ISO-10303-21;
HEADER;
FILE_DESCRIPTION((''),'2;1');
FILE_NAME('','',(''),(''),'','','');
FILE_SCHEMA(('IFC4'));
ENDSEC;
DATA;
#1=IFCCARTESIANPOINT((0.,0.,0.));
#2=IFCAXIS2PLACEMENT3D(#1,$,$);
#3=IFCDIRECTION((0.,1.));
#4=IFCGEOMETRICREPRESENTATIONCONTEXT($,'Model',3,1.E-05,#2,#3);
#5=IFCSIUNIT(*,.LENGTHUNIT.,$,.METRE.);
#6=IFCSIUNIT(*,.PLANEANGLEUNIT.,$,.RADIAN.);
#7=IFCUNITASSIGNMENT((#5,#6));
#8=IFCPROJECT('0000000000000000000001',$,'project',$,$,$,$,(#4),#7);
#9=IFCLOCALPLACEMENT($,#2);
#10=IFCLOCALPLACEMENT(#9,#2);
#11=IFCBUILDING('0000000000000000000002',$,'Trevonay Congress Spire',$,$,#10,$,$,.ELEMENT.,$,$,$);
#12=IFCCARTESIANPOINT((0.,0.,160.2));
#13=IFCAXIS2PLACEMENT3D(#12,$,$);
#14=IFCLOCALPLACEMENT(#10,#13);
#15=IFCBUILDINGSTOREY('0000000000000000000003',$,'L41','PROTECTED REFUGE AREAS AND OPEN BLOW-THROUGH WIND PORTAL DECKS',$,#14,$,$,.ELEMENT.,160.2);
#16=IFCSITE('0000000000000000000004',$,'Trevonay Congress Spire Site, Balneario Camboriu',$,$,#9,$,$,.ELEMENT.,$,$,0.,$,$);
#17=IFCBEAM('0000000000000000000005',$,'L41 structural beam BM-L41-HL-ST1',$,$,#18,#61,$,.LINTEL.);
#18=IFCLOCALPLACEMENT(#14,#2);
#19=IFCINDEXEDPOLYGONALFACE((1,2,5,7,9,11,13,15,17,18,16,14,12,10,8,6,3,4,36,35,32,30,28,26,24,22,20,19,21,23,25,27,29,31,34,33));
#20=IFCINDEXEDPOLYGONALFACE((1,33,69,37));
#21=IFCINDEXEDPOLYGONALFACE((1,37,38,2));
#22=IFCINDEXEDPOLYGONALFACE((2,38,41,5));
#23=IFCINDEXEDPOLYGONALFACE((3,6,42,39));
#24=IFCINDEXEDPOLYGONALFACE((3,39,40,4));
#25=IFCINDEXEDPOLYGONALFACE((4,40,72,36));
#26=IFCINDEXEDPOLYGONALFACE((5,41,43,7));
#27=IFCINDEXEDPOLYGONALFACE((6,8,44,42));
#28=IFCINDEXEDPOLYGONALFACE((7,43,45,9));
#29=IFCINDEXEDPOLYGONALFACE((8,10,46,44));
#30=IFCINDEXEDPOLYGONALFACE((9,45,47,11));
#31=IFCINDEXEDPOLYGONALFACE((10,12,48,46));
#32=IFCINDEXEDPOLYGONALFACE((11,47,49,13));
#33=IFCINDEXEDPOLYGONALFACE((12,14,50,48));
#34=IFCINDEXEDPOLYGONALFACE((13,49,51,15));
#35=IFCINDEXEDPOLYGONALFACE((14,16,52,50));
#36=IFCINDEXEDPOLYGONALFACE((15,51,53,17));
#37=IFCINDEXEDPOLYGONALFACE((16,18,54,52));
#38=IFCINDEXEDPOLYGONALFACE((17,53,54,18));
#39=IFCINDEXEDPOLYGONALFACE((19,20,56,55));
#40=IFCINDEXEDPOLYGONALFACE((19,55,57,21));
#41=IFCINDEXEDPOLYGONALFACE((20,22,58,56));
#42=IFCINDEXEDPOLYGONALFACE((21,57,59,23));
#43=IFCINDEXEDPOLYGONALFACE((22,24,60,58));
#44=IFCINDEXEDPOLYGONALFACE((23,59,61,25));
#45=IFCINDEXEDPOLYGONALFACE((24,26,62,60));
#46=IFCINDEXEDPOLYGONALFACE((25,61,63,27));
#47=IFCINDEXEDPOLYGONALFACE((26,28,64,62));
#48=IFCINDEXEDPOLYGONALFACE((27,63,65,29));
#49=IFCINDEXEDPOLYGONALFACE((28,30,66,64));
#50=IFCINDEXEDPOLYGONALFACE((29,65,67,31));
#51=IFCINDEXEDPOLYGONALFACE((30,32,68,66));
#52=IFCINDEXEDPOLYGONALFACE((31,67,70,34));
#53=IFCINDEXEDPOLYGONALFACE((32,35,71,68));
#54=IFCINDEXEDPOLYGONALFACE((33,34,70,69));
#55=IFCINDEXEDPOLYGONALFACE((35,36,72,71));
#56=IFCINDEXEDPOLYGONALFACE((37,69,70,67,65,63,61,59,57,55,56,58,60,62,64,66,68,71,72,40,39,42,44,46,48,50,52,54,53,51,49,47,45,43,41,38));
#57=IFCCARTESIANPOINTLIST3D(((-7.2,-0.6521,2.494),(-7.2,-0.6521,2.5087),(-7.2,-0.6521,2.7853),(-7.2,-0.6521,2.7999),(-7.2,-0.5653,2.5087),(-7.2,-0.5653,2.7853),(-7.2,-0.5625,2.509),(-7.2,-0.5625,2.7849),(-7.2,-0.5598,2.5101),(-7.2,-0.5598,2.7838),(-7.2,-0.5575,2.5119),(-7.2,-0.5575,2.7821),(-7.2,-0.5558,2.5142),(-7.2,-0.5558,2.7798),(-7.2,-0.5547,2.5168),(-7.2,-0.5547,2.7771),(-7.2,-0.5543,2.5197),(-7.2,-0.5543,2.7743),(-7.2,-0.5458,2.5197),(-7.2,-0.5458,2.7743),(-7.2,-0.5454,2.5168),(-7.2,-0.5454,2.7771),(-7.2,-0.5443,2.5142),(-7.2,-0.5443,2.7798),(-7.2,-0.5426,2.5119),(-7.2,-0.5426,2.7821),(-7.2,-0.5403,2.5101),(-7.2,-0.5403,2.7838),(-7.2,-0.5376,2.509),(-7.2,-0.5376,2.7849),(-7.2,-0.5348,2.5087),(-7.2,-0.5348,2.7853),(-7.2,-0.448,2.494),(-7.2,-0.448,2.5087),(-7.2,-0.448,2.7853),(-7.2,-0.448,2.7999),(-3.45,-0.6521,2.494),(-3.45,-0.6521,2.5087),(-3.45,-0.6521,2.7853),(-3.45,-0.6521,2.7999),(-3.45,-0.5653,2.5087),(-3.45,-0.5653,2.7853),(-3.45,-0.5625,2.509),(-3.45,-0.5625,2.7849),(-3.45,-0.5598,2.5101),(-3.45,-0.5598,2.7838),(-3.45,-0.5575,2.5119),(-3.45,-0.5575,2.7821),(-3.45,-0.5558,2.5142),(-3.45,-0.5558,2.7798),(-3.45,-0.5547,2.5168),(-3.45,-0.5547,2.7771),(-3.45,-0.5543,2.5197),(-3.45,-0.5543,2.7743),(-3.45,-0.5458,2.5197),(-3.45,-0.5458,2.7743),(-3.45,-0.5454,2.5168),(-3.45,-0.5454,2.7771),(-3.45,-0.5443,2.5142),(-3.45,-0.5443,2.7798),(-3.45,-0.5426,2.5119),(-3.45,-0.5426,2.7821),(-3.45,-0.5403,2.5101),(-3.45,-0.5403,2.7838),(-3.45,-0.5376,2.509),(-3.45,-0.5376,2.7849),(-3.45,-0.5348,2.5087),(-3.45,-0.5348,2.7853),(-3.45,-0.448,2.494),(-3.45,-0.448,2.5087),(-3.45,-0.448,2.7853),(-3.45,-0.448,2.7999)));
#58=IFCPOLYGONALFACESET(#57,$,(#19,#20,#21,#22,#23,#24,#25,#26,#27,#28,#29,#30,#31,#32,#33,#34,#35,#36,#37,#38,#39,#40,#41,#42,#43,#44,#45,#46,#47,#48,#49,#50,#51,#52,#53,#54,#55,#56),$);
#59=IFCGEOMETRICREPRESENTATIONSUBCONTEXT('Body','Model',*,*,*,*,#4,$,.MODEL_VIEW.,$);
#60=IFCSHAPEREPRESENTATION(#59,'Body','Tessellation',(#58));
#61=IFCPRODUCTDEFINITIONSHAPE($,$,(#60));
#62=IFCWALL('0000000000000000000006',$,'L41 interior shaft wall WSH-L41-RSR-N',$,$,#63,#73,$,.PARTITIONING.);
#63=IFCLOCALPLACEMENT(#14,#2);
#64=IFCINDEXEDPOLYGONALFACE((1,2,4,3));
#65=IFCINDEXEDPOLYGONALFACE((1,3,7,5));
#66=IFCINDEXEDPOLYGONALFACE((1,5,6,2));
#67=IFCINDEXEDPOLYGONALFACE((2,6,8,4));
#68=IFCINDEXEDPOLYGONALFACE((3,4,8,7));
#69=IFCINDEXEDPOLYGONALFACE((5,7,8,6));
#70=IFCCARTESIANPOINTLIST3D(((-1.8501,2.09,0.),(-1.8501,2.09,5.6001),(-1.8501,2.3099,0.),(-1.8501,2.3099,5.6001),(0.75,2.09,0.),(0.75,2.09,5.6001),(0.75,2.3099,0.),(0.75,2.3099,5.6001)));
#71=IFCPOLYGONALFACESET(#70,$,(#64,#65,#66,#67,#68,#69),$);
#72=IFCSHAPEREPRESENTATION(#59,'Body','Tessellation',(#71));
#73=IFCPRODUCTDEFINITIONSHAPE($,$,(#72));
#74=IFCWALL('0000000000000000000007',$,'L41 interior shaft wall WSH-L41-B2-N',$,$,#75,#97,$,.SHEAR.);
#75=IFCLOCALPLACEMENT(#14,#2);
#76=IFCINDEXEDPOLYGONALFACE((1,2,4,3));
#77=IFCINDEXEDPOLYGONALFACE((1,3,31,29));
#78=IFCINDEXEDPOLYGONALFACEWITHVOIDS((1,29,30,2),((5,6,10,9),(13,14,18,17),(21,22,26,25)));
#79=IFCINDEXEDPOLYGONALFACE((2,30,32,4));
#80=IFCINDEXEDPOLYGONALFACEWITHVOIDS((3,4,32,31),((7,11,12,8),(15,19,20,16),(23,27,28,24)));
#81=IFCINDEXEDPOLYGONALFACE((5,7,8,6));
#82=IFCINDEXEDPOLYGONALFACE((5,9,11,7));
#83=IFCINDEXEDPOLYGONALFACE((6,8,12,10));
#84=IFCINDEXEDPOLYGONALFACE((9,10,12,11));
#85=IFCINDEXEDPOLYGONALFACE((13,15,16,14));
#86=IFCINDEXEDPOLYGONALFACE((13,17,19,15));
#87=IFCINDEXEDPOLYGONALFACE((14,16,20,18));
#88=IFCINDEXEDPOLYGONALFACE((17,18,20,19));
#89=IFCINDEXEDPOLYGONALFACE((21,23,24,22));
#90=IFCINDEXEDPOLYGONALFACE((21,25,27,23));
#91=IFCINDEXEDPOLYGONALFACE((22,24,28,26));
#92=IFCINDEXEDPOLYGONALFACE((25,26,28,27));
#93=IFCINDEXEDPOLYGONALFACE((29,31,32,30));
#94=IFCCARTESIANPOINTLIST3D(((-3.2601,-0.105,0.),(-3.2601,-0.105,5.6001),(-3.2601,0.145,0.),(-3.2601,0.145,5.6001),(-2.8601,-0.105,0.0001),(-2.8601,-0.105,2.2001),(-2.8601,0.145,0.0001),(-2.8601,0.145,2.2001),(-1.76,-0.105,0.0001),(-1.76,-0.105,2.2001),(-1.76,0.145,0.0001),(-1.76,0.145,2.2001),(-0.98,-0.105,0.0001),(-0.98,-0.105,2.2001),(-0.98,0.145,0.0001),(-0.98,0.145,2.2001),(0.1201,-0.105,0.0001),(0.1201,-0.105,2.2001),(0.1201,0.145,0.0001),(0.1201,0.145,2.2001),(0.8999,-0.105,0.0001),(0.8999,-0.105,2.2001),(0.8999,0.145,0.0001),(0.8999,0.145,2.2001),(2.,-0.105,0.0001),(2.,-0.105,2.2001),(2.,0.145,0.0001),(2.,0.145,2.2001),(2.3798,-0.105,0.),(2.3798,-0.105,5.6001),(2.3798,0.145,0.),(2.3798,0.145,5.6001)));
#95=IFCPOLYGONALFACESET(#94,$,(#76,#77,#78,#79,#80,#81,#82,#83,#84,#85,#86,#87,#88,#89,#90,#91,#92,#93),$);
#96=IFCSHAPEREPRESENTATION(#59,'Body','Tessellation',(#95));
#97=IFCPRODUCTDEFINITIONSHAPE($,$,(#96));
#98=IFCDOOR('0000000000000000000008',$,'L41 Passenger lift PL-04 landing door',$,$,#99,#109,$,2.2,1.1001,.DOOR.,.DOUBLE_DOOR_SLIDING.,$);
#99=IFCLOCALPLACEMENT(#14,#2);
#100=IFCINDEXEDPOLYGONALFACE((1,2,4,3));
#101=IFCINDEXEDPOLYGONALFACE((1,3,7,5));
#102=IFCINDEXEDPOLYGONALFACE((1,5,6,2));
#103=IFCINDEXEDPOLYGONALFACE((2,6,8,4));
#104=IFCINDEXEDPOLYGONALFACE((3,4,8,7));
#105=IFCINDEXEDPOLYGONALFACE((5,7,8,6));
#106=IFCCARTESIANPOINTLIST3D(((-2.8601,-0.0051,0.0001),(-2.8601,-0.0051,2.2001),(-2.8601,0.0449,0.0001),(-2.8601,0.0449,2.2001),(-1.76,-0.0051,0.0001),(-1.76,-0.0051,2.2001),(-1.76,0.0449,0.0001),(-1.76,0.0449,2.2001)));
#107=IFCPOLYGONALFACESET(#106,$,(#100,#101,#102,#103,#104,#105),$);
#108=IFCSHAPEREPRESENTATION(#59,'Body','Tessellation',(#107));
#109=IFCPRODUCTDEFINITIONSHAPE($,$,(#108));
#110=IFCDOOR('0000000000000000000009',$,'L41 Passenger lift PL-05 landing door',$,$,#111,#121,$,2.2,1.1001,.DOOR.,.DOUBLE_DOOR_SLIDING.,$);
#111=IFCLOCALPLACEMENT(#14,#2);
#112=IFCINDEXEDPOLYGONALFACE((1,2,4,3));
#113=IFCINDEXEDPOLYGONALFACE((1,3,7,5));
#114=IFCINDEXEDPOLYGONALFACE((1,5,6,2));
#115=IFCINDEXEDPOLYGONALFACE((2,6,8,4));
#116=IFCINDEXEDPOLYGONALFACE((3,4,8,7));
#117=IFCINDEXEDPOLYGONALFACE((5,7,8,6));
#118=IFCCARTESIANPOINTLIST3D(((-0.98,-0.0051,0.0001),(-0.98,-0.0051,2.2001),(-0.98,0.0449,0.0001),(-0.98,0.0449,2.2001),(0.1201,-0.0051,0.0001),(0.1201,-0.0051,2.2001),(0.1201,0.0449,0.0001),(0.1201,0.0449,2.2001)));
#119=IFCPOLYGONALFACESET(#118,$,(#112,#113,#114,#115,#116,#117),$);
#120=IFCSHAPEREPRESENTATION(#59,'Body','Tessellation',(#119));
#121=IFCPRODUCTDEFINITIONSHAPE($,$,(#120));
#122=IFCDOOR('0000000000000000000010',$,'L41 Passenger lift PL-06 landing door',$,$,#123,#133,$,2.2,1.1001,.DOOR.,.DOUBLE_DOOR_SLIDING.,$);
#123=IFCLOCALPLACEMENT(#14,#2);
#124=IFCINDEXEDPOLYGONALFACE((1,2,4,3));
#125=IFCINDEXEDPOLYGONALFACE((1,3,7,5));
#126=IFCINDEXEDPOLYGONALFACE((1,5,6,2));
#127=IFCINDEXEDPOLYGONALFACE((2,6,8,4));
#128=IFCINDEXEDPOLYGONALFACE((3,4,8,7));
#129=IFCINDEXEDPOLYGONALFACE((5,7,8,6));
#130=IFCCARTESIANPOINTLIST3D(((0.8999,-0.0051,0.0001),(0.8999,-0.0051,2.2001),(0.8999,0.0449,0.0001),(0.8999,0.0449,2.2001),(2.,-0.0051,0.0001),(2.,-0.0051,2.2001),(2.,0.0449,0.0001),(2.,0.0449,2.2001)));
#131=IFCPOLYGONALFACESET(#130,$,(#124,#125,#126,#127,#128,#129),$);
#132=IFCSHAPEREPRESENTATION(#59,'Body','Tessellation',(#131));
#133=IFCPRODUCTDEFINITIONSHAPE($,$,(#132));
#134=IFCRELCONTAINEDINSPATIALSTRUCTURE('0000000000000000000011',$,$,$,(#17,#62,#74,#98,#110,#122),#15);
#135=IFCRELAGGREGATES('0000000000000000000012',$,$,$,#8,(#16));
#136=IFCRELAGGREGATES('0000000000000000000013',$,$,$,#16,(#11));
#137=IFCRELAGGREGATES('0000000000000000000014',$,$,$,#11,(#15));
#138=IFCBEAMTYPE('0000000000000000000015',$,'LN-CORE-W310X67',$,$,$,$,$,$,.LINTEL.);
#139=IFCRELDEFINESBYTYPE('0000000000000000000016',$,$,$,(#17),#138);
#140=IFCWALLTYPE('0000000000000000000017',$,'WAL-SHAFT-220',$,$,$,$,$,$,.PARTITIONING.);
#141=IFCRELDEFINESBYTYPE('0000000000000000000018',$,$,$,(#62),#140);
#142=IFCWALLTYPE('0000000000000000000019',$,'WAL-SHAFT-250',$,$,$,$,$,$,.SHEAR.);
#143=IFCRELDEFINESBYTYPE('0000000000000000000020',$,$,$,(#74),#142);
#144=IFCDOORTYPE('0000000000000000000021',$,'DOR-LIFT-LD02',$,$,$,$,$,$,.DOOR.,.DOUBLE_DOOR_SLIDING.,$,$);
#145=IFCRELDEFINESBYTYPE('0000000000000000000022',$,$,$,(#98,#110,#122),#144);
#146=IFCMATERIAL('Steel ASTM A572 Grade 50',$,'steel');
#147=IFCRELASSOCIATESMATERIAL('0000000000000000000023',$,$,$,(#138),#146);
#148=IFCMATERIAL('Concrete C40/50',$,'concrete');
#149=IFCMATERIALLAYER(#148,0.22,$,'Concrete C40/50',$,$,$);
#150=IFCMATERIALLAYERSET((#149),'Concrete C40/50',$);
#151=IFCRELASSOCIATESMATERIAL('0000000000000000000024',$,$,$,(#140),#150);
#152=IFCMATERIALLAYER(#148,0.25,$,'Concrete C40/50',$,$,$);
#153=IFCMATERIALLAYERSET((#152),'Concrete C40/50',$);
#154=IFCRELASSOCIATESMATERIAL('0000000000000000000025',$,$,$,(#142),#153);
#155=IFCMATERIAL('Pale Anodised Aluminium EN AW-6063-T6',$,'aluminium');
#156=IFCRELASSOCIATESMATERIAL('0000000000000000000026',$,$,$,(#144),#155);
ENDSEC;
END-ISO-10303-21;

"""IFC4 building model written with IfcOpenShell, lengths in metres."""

from ifc_helpers import new_model, si_unit, direction, frame, frame_2d, origin, origin_2d, place, context, subcontext, project, spatial, rectangle, i_section, extrude, material, layer, layer_set, material_profile, profile_set, type_object, element, fill, save


model = new_model("IFC4")

# Units and contexts
model_context = context("Model", 3, precision=1e-05, world=origin(), true_north=direction((0.0, 1.0)))
body_context = subcontext(model_context, "Body", "Model", "MODEL_VIEW")
ifc_project = project(units=[si_unit("LENGTHUNIT", "METRE"), si_unit("PLANEANGLEUNIT", "RADIAN")], contexts=[model_context])

# Site, building, storey
site_placement = place(None, origin())
site = spatial("IfcSite", under=ifc_project, at=site_placement, Name="Trevonay Congress Spire Site, Balneario Camboriu", CompositionType="ELEMENT", RefElevation=0.0)
building_placement = place(site_placement, origin())
building = spatial("IfcBuilding", under=site, at=building_placement, Name="Trevonay Congress Spire", CompositionType="ELEMENT")
storey_placement = place(building_placement, frame((0.0, 0.0, 160.2)))
storey = spatial("IfcBuildingStorey", under=building, at=storey_placement, Name="L41", Description="PROTECTED REFUGE AREAS AND OPEN BLOW-THROUGH WIND PORTAL DECKS", CompositionType="ELEMENT", Elevation=160.2)

# Shared definitions
ifc_material_1 = material(Name="Steel ASTM A572 Grade 50", Category="steel")

# Beam
ifc_material_profile_1 = material_profile(ifc_material_1, i_section(OverallWidth=0.2041, OverallDepth=0.3059, WebThickness=0.0085, FlangeThickness=0.0146, FilletRadius=0.011, at=origin_2d()), Name="W310x67")
ifc_profile_set_1 = profile_set([ifc_material_profile_1], Name="Steel ASTM A572 Grade 50")
beam_type_1 = type_object("IfcBeamType", Name="LN-CORE-W310X67", PredefinedType="LINTEL", material=ifc_profile_set_1)
beam_1_placement = place(storey_placement, frame((-7.2, -0.55, 2.647), z_axis=(1.0, 0.0, 0.0), x_axis=(0.0, 1.0, 0.0)))
element("IfcBeam", 1, at=beam_1_placement, inside=storey, type_object=beam_type_1, Name="L41 structural beam BM-L41-HL-ST1", PredefinedType="LINTEL", context=body_context, shape_type="SweptSolid", body=[
    extrude(i_section(OverallWidth=0.2041, OverallDepth=0.3059, WebThickness=0.0085, FlangeThickness=0.0146, FilletRadius=0.011, at=origin_2d()), origin(), (0.0, 0.0, 1.0), 3.75),
])

# Wall
ifc_material_2 = material(Name="Concrete C40/50", Category="concrete")
ifc_layer_1 = layer(ifc_material_2, 0.22, Name="Concrete C40/50")
ifc_layer_set_1 = layer_set([ifc_layer_1], Name="Concrete C40/50")
wall_type_1 = type_object("IfcWallType", Name="WAL-SHAFT-220", PredefinedType="PARTITIONING", material=ifc_layer_set_1)
wall_1_placement = place(storey_placement, frame((-1.8501, 2.2, 0.0), z_axis=(0.0, 0.0, 1.0), x_axis=(1.0, 0.0, 0.0)))
element("IfcWall", 2, at=wall_1_placement, inside=storey, type_object=wall_type_1, Name="L41 interior shaft wall WSH-L41-RSR-N", PredefinedType="PARTITIONING", context=body_context, shape_type="SweptSolid", body=[
    extrude(rectangle(XDim=2.6001, YDim=0.22, at=frame_2d((1.3, 0.0))), origin(), (0.0, 0.0, 1.0), 5.6001),
])

# Wall, openings, doors
ifc_layer_2 = layer(ifc_material_2, 0.25, Name="Concrete C40/50")
ifc_layer_set_2 = layer_set([ifc_layer_2], Name="Concrete C40/50")
wall_type_2 = type_object("IfcWallType", Name="WAL-SHAFT-250", PredefinedType="SHEAR", material=ifc_layer_set_2)
wall_2_placement = place(storey_placement, frame((-3.26, 0.02, 0.0), z_axis=(0.0, 0.0, 1.0), x_axis=(1.0, 0.0, 0.0)))
wall_2 = element("IfcWall", 3, at=wall_2_placement, inside=storey, type_object=wall_type_2, Name="L41 interior shaft wall WSH-L41-B2-N", PredefinedType="SHEAR", context=body_context, shape_type="SweptSolid", body=[
    extrude(rectangle(XDim=5.6399, YDim=0.25, at=frame_2d((2.8198, 0.0))), origin(), (0.0, 0.0, 1.0), 5.6001),
])
opening_1_placement = place(wall_2_placement, frame((0.3999, 0.0, 0.0)))
opening_1 = element("IfcOpeningElement", 4, at=opening_1_placement, cuts=wall_2, PredefinedType="OPENING", context=body_context, shape_type="SweptSolid", body=[
    extrude(rectangle(XDim=1.1001, YDim=2.2, at=frame_2d((0.55, 1.1001))), frame((0.0, 0.135, 0.0), z_axis=(0.0, -1.0, 0.0), x_axis=(1.0, 0.0, 0.0)), (0.0, 0.0, 1.0), 0.27),
])
opening_2_placement = place(wall_2_placement, frame((2.28, 0.0, 0.0)))
opening_2 = element("IfcOpeningElement", 5, at=opening_2_placement, cuts=wall_2, PredefinedType="OPENING", context=body_context, shape_type="SweptSolid", body=[
    extrude(rectangle(XDim=1.1001, YDim=2.2, at=frame_2d((0.55, 1.1001))), frame((0.0, 0.135, 0.0), z_axis=(0.0, -1.0, 0.0), x_axis=(1.0, 0.0, 0.0)), (0.0, 0.0, 1.0), 0.27),
])
opening_3_placement = place(wall_2_placement, frame((4.1599, 0.0, 0.0)))
opening_3 = element("IfcOpeningElement", 6, at=opening_3_placement, cuts=wall_2, PredefinedType="OPENING", context=body_context, shape_type="SweptSolid", body=[
    extrude(rectangle(XDim=1.1001, YDim=2.2, at=frame_2d((0.55, 1.1001))), frame((0.0, 0.135, 0.0), z_axis=(0.0, -1.0, 0.0), x_axis=(1.0, 0.0, 0.0)), (0.0, 0.0, 1.0), 0.27),
])
ifc_material_3 = material(Name="Pale Anodised Aluminium EN AW-6063-T6", Category="aluminium")
door_type_1 = type_object("IfcDoorType", Name="DOR-LIFT-LD02", OperationType="DOUBLE_DOOR_SLIDING", PredefinedType="DOOR", material=ifc_material_3)
door_1_placement = place(opening_1_placement, origin())
door_1 = element("IfcDoor", 7, at=door_1_placement, inside=storey, type_object=door_type_1, Name="L41 Passenger lift PL-04 landing door", OperationType="DOUBLE_DOOR_SLIDING", OverallHeight=2.2, OverallWidth=1.1001, PredefinedType="DOOR", context=body_context, shape_type="SweptSolid", body=[
    extrude(rectangle(XDim=1.1001, YDim=2.2, at=frame_2d((0.55, 1.1001))), frame((0.0, 0.0249, 0.0), z_axis=(0.0, -1.0, 0.0), x_axis=(1.0, 0.0, 0.0)), (0.0, 0.0, 1.0), 0.05),
])
fill(opening_1, door_1)
door_2_placement = place(opening_2_placement, origin())
door_2 = element("IfcDoor", 8, at=door_2_placement, inside=storey, type_object=door_type_1, Name="L41 Passenger lift PL-05 landing door", OperationType="DOUBLE_DOOR_SLIDING", OverallHeight=2.2, OverallWidth=1.1001, PredefinedType="DOOR", context=body_context, shape_type="SweptSolid", body=[
    extrude(rectangle(XDim=1.1001, YDim=2.2, at=frame_2d((0.55, 1.1001))), frame((0.0, 0.0249, 0.0), z_axis=(0.0, -1.0, 0.0), x_axis=(1.0, 0.0, 0.0)), (0.0, 0.0, 1.0), 0.05),
])
fill(opening_2, door_2)
door_3_placement = place(opening_3_placement, origin())
door_3 = element("IfcDoor", 9, at=door_3_placement, inside=storey, type_object=door_type_1, Name="L41 Passenger lift PL-06 landing door", OperationType="DOUBLE_DOOR_SLIDING", OverallHeight=2.2, OverallWidth=1.1001, PredefinedType="DOOR", context=body_context, shape_type="SweptSolid", body=[
    extrude(rectangle(XDim=1.1001, YDim=2.2, at=frame_2d((0.55, 1.1001))), frame((0.0, 0.0249, 0.0), z_axis=(0.0, -1.0, 0.0), x_axis=(1.0, 0.0, 0.0)), (0.0, 0.0, 1.0), 0.05),
])
fill(opening_3, door_3)

save(model, "model.ifc")
